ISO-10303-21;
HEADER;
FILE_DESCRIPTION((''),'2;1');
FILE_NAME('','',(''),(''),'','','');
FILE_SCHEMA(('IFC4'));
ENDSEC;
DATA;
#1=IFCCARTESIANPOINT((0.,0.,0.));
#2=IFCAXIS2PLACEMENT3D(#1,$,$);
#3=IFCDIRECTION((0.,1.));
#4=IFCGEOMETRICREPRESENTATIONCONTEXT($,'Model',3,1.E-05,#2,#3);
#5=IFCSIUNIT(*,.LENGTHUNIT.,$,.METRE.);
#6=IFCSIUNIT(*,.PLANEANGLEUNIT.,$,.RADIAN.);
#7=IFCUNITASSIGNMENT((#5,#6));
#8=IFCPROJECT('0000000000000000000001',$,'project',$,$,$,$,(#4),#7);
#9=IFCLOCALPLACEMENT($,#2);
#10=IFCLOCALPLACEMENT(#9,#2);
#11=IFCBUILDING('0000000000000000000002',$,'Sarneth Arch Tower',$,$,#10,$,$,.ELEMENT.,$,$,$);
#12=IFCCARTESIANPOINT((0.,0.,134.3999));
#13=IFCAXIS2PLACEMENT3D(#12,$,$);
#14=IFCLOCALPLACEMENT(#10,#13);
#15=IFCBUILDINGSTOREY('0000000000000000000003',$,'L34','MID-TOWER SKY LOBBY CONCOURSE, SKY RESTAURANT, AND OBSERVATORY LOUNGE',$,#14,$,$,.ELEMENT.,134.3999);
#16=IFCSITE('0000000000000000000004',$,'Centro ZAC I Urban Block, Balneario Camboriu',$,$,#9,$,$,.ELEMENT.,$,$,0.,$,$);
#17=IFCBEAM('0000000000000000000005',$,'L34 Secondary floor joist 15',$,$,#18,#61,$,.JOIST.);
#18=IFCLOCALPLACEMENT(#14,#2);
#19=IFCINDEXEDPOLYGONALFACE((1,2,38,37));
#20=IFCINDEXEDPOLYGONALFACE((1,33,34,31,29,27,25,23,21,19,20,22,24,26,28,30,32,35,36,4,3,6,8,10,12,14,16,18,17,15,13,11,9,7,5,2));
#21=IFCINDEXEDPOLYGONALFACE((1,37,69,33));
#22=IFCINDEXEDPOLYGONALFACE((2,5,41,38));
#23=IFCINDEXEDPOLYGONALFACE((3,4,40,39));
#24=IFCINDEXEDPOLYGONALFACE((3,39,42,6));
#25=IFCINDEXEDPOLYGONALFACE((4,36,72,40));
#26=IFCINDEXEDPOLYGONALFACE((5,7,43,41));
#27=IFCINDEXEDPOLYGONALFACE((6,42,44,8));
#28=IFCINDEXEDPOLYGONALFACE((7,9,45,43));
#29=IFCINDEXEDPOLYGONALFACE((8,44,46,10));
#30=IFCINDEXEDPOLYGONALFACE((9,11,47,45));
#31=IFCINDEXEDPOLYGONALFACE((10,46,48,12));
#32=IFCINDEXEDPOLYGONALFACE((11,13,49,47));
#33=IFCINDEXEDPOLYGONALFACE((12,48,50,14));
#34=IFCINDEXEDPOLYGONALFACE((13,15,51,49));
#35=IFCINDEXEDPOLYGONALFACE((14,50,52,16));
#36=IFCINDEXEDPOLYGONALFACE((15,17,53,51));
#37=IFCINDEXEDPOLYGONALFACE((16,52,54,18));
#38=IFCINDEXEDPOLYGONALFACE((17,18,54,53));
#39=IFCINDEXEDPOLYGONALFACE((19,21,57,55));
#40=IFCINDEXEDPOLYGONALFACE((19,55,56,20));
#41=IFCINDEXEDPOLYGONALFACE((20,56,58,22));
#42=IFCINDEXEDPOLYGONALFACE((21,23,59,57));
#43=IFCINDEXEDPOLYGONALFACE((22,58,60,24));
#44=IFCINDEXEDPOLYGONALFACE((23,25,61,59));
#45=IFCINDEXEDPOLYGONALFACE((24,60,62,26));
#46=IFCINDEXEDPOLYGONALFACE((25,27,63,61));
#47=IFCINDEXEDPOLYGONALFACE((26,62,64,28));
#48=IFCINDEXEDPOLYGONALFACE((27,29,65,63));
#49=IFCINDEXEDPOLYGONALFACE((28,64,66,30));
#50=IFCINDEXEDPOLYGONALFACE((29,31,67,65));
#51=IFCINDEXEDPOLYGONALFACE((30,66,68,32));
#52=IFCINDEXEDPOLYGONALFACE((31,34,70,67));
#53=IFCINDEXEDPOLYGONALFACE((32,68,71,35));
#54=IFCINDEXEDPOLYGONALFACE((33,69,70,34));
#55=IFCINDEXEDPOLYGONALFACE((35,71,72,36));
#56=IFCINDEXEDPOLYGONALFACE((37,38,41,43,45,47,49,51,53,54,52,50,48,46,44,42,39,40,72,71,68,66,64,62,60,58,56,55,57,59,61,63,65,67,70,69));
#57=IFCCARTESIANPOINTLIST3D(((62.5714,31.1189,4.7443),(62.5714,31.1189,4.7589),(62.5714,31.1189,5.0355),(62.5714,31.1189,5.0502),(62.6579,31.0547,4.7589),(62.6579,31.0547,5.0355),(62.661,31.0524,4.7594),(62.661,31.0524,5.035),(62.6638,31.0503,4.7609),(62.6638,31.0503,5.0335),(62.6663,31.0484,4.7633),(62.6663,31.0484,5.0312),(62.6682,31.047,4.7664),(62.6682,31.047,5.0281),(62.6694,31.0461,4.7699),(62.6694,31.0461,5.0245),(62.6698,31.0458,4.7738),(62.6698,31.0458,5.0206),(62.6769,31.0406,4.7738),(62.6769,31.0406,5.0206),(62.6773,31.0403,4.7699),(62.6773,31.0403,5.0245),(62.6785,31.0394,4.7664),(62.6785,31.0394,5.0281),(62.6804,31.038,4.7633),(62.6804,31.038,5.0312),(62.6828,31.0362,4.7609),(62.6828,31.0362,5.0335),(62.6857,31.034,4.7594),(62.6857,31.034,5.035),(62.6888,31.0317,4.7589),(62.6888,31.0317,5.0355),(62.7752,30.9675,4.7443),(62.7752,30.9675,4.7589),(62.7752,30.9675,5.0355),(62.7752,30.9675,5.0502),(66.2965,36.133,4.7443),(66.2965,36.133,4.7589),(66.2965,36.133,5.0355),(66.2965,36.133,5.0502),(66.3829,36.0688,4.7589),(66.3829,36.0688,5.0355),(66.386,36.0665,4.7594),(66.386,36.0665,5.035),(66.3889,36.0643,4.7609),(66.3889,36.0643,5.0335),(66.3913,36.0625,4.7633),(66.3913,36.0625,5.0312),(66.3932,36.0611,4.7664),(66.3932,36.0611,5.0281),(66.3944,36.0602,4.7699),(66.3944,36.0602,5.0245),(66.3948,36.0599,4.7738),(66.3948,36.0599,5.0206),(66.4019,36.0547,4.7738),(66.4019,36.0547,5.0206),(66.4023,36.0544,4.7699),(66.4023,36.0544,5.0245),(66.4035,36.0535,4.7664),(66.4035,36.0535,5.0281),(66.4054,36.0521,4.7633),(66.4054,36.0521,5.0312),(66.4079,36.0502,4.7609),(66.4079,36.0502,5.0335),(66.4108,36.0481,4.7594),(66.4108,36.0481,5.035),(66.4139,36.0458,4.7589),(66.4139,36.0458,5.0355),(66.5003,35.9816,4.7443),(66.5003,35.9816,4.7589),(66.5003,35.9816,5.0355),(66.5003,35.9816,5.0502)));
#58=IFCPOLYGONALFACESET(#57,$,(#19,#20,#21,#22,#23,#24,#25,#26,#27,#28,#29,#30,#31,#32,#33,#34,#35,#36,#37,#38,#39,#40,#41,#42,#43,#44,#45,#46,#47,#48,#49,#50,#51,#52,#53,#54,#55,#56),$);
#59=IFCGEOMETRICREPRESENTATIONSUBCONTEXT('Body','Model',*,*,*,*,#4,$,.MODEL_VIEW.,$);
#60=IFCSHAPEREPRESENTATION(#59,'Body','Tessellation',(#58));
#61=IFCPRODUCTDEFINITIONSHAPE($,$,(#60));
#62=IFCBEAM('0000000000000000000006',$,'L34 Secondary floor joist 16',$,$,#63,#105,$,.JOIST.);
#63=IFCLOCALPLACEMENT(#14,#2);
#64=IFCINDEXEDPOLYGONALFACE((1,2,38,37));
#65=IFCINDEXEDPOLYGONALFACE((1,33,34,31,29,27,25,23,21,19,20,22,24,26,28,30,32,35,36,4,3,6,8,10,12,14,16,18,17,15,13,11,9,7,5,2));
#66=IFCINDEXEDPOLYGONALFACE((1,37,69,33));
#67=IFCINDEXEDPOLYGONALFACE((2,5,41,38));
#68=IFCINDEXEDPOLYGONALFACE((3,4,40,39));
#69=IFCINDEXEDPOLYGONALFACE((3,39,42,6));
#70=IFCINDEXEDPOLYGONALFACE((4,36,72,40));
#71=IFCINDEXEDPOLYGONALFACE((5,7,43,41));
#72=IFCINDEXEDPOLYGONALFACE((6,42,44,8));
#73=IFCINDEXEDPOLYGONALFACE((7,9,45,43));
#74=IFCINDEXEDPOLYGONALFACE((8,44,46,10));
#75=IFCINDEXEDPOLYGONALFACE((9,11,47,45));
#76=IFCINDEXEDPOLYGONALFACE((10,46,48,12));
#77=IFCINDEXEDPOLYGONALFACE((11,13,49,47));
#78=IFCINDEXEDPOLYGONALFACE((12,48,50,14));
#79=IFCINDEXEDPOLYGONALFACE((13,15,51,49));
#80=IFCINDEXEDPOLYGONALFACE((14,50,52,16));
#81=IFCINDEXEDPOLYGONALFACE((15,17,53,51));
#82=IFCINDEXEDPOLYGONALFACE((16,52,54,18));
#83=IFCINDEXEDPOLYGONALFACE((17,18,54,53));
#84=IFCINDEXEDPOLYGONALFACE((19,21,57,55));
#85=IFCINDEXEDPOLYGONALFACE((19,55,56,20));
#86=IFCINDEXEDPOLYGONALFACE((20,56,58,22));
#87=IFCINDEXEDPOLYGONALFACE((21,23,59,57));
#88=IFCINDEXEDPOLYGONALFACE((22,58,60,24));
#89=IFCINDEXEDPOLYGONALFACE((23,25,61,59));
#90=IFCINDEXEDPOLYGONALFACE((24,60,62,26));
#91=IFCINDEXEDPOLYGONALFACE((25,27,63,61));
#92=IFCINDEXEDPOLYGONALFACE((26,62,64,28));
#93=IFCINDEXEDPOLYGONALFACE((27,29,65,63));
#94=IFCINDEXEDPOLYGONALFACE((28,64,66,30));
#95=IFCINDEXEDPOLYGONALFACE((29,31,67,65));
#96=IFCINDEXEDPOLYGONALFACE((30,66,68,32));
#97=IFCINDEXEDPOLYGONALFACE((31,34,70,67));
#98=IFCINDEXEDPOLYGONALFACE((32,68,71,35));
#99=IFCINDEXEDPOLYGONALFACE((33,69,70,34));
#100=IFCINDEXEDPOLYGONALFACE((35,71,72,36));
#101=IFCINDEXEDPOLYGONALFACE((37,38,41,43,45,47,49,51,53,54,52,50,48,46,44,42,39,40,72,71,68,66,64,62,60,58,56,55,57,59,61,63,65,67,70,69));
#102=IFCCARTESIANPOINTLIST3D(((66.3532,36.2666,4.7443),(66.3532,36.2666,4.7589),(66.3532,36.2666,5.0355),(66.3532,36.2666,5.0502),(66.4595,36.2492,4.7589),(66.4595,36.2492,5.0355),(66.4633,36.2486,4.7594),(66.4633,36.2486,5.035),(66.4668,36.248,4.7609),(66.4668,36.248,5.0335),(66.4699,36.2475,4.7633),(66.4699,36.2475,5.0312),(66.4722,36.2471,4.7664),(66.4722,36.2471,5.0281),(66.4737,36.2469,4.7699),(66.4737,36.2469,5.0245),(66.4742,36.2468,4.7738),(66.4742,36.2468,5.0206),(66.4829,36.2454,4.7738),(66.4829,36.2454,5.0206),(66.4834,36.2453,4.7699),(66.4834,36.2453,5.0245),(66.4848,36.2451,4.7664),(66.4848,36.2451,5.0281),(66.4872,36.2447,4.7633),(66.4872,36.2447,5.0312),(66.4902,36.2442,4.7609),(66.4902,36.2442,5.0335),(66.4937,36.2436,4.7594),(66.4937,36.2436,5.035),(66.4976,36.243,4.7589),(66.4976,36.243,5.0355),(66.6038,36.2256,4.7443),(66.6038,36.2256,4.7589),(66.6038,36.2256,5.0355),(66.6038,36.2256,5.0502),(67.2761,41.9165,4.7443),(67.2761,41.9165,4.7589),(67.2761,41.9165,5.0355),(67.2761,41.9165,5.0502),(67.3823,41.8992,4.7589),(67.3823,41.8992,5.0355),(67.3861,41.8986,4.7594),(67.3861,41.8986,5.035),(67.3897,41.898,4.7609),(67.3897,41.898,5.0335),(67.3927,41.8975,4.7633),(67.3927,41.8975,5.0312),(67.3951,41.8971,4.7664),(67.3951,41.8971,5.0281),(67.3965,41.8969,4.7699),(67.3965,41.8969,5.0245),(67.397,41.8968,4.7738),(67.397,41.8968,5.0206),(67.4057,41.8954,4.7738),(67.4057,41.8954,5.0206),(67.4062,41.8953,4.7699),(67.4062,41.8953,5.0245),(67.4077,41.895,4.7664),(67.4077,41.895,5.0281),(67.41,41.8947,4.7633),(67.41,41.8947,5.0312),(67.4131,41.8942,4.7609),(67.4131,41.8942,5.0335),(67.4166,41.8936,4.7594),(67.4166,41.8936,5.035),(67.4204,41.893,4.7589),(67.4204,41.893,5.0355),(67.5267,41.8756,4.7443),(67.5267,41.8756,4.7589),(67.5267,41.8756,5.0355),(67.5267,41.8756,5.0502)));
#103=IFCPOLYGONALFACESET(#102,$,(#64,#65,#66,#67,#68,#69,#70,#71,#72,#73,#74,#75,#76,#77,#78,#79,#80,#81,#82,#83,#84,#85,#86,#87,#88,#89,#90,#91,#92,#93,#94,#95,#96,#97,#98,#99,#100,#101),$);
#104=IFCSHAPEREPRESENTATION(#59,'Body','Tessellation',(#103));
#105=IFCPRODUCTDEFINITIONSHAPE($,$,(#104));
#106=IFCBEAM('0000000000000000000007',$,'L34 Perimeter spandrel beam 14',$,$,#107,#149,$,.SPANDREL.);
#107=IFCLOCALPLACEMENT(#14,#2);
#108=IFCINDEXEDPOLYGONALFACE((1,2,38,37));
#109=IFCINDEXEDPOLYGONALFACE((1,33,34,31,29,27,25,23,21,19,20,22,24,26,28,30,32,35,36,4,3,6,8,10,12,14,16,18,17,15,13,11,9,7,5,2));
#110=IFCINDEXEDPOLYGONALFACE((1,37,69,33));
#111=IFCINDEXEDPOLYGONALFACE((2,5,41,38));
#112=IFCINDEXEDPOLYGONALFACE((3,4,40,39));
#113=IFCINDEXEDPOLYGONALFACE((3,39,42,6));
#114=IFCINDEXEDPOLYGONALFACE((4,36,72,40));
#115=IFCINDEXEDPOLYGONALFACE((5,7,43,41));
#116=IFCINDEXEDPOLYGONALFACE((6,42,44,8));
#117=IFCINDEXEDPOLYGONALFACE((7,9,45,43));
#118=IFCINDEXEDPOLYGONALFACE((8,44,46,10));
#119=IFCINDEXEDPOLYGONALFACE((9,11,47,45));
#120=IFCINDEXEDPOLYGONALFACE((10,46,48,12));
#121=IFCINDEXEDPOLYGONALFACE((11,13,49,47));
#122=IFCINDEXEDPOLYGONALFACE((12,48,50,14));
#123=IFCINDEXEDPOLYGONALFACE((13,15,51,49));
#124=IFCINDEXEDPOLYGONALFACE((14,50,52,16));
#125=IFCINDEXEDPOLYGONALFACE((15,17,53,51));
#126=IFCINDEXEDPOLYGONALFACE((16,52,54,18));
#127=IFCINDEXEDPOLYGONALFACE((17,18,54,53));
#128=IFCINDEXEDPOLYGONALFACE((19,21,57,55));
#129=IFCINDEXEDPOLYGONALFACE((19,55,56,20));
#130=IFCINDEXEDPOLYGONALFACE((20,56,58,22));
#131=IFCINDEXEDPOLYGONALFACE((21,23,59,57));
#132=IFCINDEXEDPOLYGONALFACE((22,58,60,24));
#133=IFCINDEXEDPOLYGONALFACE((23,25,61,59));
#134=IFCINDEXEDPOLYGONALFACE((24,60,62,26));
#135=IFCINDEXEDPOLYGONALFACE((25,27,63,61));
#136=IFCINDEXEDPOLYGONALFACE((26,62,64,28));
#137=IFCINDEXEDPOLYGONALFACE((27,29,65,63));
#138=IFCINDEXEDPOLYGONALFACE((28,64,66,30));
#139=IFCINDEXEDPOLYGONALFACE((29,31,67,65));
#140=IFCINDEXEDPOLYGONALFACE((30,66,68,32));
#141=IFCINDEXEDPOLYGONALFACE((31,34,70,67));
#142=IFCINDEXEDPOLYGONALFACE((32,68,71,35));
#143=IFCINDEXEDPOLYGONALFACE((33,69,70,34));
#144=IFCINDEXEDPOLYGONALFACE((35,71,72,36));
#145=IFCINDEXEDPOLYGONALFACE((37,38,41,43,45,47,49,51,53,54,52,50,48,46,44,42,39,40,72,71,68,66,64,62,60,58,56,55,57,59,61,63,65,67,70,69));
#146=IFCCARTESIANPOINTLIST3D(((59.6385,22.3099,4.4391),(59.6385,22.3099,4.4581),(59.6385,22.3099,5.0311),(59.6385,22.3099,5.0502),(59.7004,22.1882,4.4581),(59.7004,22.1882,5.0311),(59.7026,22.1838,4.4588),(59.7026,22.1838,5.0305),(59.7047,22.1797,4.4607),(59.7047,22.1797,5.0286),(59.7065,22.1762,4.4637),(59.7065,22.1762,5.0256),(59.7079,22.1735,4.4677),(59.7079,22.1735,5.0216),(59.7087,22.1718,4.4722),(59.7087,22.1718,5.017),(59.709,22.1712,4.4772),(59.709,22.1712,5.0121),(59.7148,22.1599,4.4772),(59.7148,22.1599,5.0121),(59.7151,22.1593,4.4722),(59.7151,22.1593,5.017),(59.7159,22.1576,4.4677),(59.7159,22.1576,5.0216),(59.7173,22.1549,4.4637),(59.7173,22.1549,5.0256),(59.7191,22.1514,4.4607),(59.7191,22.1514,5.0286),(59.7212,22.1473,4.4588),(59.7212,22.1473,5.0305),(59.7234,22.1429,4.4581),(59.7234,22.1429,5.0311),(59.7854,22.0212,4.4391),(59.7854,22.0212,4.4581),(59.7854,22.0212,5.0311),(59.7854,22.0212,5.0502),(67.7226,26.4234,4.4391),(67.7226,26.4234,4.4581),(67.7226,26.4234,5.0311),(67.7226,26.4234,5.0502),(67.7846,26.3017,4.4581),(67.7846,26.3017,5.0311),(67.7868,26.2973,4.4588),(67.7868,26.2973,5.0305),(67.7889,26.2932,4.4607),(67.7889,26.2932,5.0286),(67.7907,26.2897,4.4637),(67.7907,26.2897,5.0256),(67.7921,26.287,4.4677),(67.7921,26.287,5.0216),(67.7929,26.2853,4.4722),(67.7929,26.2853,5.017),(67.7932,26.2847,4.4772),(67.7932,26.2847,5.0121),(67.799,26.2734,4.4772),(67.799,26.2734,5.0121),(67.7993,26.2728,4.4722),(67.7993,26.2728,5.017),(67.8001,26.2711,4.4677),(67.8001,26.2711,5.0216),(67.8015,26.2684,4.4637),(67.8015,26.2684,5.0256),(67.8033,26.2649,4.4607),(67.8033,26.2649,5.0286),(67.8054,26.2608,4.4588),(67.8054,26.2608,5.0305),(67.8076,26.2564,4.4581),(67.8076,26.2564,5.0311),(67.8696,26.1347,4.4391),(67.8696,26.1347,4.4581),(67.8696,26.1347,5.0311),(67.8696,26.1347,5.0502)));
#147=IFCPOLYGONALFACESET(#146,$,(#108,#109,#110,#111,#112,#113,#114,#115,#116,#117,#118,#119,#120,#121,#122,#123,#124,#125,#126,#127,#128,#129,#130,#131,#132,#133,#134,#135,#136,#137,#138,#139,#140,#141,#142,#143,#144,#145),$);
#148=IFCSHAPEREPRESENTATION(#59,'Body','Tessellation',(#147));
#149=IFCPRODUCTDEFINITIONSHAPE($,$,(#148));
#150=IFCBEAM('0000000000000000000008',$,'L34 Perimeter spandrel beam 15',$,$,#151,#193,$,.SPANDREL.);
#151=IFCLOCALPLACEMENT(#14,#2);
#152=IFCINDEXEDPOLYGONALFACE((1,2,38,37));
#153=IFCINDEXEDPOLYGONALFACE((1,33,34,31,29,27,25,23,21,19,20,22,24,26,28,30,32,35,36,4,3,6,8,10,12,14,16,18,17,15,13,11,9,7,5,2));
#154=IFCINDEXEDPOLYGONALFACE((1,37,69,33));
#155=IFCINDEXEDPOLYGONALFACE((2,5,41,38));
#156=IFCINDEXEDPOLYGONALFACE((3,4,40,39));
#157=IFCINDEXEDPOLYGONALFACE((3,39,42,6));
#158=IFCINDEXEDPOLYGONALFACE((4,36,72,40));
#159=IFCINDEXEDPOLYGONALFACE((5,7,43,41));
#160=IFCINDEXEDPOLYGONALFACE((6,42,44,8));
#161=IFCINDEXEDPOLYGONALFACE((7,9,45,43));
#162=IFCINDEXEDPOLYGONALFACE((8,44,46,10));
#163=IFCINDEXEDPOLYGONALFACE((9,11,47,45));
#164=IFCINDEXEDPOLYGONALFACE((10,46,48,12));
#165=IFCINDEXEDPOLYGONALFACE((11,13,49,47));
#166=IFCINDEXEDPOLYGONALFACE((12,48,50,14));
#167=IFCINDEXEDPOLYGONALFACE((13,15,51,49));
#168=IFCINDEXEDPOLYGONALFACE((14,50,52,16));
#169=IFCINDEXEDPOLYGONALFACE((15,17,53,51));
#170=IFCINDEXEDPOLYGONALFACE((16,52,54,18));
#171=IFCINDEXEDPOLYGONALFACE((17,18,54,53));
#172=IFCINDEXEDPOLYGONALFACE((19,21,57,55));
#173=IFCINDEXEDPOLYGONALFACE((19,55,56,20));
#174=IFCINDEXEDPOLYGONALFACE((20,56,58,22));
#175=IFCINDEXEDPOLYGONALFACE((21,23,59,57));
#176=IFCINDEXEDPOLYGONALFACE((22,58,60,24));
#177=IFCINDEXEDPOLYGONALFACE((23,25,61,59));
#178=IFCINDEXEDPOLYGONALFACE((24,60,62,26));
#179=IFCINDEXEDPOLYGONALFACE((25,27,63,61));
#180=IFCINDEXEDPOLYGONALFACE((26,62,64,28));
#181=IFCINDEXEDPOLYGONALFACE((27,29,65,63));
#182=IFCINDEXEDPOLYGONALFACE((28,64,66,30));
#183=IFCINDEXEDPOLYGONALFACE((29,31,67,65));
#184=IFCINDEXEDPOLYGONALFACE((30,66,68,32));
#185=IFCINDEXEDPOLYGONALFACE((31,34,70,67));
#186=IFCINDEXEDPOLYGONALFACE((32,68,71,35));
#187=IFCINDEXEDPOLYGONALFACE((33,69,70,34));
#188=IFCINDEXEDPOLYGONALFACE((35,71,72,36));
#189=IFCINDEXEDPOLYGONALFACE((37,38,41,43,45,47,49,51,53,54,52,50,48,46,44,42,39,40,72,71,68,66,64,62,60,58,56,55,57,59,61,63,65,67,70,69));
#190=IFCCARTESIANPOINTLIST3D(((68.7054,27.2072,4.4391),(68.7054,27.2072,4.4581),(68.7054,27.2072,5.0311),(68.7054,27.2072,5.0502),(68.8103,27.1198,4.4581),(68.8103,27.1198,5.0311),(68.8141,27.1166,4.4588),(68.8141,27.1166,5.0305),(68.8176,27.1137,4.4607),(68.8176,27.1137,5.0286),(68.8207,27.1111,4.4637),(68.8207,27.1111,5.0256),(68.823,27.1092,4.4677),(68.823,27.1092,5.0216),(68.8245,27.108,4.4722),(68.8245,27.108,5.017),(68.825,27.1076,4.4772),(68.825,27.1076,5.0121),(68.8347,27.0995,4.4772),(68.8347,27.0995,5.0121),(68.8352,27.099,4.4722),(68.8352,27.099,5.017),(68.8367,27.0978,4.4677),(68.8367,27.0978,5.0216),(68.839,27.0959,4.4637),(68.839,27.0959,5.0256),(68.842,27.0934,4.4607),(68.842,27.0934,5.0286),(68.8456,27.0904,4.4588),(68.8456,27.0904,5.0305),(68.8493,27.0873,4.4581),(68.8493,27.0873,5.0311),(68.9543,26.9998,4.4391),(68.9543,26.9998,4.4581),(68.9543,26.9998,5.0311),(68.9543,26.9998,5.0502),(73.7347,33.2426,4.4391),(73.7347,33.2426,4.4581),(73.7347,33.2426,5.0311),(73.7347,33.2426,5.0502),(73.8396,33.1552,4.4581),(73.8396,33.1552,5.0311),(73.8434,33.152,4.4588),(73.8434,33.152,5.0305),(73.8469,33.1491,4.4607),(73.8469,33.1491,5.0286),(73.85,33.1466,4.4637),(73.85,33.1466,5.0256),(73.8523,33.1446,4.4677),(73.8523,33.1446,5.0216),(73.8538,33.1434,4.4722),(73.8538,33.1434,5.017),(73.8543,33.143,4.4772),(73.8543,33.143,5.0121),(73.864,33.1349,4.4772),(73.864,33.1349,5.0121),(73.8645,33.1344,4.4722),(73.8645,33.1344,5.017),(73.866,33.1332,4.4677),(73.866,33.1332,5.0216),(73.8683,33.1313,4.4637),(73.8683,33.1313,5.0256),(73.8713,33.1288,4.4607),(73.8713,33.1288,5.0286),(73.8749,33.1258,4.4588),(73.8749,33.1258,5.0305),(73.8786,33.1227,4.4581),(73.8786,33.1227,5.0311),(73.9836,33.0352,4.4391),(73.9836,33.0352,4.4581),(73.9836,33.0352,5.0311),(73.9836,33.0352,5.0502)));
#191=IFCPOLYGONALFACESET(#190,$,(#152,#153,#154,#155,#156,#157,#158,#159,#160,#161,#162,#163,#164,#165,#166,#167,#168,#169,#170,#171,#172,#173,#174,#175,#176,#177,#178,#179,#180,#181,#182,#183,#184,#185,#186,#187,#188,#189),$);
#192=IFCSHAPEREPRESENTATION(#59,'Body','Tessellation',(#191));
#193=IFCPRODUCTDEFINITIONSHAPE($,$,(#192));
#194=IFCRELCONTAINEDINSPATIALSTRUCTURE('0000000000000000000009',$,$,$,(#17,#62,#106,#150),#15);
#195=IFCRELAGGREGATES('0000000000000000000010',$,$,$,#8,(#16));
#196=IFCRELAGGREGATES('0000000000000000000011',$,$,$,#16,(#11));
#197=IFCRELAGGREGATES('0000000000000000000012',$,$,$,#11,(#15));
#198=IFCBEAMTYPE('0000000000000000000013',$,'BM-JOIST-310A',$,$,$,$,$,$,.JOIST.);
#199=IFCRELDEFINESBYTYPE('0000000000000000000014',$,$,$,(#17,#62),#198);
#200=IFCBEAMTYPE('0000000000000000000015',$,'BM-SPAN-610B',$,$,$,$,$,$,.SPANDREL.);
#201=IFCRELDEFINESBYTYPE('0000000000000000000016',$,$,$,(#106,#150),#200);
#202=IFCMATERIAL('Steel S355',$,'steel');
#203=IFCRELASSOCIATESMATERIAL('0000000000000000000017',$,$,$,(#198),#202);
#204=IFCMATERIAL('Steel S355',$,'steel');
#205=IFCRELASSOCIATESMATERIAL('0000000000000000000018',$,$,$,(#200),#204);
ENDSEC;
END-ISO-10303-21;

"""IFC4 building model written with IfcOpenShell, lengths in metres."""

from ifc_helpers import new_model, si_unit, direction, frame, origin, origin_2d, place, context, subcontext, project, spatial, i_section, extrude, material, material_profile, profile_set, type_object, element, save


model = new_model("IFC4")

# Units and contexts
model_context = context("Model", 3, precision=1e-05, world=origin(), true_north=direction((0.0, 1.0)))
body_context = subcontext(model_context, "Body", "Model", "MODEL_VIEW")
ifc_project = project(units=[si_unit("LENGTHUNIT", "METRE"), si_unit("PLANEANGLEUNIT", "RADIAN")], contexts=[model_context])

# Site, building, storey
site_placement = place(None, origin())
site = spatial("IfcSite", under=ifc_project, at=site_placement, Name="Centro ZAC I Urban Block, Balneario Camboriu", CompositionType="ELEMENT", RefElevation=0.0)
building_placement = place(site_placement, origin())
building = spatial("IfcBuilding", under=site, at=building_placement, Name="Sarneth Arch Tower", CompositionType="ELEMENT")
storey_placement = place(building_placement, frame((0.0, 0.0, 134.3999)))
storey = spatial("IfcBuildingStorey", under=building, at=storey_placement, Name="L34", Description="MID-TOWER SKY LOBBY CONCOURSE, SKY RESTAURANT, AND OBSERVATORY LOUNGE", CompositionType="ELEMENT", Elevation=134.3999)

# Beams
ifc_material_1 = material(Name="Steel S355", Category="steel")
ifc_material_profile_1 = material_profile(ifc_material_1, i_section(OverallWidth=0.2539, OverallDepth=0.3059, WebThickness=0.0088, FlangeThickness=0.0146, FilletRadius=0.0149, at=origin_2d()), Name="W310x79")
ifc_profile_set_1 = profile_set([ifc_material_profile_1], Name="Steel S355")
beam_type_1 = type_object("IfcBeamType", Name="BM-JOIST-310A", PredefinedType="JOIST", material=ifc_profile_set_1)
beam_1_placement = place(storey_placement, frame((62.6733, 31.0432, 4.8972), z_axis=(0.596354, 0.802721, 0.0), x_axis=(-0.802721, 0.596354, 0.0)))
element("IfcBeam", 1, at=beam_1_placement, inside=storey, type_object=beam_type_1, Name="L34 Secondary floor joist 15", PredefinedType="JOIST", context=body_context, shape_type="SweptSolid", body=[
    extrude(i_section(OverallWidth=0.2539, OverallDepth=0.3059, WebThickness=0.0088, FlangeThickness=0.0146, FilletRadius=0.0149, at=origin_2d()), origin(), (0.0, 0.0, 1.0), 6.2463),
])
beam_2_placement = place(storey_placement, frame((66.4785, 36.2461, 4.8972), z_axis=(0.161203, 0.986921, 0.0), x_axis=(-0.986921, 0.161203, 0.0)))
element("IfcBeam", 2, at=beam_2_placement, inside=storey, type_object=beam_type_1, Name="L34 Secondary floor joist 16", PredefinedType="JOIST", context=body_context, shape_type="SweptSolid", body=[
    extrude(i_section(OverallWidth=0.2539, OverallDepth=0.3059, WebThickness=0.0088, FlangeThickness=0.0146, FilletRadius=0.0149, at=origin_2d()), origin(), (0.0, 0.0, 1.0), 5.7249),
])
ifc_material_2 = material(Name="Steel S355", Category="steel")
ifc_material_profile_2 = material_profile(ifc_material_2, i_section(OverallWidth=0.324, OverallDepth=0.6111, WebThickness=0.0127, FlangeThickness=0.019, FilletRadius=0.019, at=origin_2d()), Name="W610x155")
ifc_profile_set_2 = profile_set([ifc_material_profile_2], Name="Steel S355")
beam_type_2 = type_object("IfcBeamType", Name="BM-SPAN-610B", PredefinedType="SPANDREL", material=ifc_profile_set_2)
beam_3_placement = place(storey_placement, frame((59.7119, 22.1655, 4.7446), z_axis=(0.891256, 0.453501, 0.0), x_axis=(-0.453501, 0.891256, 0.0)))
element("IfcBeam", 3, at=beam_3_placement, inside=storey, type_object=beam_type_2, Name="L34 Perimeter spandrel beam 14", PredefinedType="SPANDREL", context=body_context, shape_type="SweptSolid", body=[
    extrude(i_section(OverallWidth=0.324, OverallDepth=0.6111, WebThickness=0.0127, FlangeThickness=0.019, FilletRadius=0.019, at=origin_2d()), origin(), (0.0, 0.0, 1.0), 9.0706),
])
beam_4_placement = place(storey_placement, frame((68.8298, 27.1035, 4.7446), z_axis=(0.640169, 0.768234, 0.0), x_axis=(-0.768234, 0.640169, 0.0)))
element("IfcBeam", 4, at=beam_4_placement, inside=storey, type_object=beam_type_2, Name="L34 Perimeter spandrel beam 15", PredefinedType="SPANDREL", context=body_context, shape_type="SweptSolid", body=[
    extrude(i_section(OverallWidth=0.324, OverallDepth=0.6111, WebThickness=0.0127, FlangeThickness=0.019, FilletRadius=0.019, at=origin_2d()), origin(), (0.0, 0.0, 1.0), 7.8562),
])

save(model, "model.ifc")
